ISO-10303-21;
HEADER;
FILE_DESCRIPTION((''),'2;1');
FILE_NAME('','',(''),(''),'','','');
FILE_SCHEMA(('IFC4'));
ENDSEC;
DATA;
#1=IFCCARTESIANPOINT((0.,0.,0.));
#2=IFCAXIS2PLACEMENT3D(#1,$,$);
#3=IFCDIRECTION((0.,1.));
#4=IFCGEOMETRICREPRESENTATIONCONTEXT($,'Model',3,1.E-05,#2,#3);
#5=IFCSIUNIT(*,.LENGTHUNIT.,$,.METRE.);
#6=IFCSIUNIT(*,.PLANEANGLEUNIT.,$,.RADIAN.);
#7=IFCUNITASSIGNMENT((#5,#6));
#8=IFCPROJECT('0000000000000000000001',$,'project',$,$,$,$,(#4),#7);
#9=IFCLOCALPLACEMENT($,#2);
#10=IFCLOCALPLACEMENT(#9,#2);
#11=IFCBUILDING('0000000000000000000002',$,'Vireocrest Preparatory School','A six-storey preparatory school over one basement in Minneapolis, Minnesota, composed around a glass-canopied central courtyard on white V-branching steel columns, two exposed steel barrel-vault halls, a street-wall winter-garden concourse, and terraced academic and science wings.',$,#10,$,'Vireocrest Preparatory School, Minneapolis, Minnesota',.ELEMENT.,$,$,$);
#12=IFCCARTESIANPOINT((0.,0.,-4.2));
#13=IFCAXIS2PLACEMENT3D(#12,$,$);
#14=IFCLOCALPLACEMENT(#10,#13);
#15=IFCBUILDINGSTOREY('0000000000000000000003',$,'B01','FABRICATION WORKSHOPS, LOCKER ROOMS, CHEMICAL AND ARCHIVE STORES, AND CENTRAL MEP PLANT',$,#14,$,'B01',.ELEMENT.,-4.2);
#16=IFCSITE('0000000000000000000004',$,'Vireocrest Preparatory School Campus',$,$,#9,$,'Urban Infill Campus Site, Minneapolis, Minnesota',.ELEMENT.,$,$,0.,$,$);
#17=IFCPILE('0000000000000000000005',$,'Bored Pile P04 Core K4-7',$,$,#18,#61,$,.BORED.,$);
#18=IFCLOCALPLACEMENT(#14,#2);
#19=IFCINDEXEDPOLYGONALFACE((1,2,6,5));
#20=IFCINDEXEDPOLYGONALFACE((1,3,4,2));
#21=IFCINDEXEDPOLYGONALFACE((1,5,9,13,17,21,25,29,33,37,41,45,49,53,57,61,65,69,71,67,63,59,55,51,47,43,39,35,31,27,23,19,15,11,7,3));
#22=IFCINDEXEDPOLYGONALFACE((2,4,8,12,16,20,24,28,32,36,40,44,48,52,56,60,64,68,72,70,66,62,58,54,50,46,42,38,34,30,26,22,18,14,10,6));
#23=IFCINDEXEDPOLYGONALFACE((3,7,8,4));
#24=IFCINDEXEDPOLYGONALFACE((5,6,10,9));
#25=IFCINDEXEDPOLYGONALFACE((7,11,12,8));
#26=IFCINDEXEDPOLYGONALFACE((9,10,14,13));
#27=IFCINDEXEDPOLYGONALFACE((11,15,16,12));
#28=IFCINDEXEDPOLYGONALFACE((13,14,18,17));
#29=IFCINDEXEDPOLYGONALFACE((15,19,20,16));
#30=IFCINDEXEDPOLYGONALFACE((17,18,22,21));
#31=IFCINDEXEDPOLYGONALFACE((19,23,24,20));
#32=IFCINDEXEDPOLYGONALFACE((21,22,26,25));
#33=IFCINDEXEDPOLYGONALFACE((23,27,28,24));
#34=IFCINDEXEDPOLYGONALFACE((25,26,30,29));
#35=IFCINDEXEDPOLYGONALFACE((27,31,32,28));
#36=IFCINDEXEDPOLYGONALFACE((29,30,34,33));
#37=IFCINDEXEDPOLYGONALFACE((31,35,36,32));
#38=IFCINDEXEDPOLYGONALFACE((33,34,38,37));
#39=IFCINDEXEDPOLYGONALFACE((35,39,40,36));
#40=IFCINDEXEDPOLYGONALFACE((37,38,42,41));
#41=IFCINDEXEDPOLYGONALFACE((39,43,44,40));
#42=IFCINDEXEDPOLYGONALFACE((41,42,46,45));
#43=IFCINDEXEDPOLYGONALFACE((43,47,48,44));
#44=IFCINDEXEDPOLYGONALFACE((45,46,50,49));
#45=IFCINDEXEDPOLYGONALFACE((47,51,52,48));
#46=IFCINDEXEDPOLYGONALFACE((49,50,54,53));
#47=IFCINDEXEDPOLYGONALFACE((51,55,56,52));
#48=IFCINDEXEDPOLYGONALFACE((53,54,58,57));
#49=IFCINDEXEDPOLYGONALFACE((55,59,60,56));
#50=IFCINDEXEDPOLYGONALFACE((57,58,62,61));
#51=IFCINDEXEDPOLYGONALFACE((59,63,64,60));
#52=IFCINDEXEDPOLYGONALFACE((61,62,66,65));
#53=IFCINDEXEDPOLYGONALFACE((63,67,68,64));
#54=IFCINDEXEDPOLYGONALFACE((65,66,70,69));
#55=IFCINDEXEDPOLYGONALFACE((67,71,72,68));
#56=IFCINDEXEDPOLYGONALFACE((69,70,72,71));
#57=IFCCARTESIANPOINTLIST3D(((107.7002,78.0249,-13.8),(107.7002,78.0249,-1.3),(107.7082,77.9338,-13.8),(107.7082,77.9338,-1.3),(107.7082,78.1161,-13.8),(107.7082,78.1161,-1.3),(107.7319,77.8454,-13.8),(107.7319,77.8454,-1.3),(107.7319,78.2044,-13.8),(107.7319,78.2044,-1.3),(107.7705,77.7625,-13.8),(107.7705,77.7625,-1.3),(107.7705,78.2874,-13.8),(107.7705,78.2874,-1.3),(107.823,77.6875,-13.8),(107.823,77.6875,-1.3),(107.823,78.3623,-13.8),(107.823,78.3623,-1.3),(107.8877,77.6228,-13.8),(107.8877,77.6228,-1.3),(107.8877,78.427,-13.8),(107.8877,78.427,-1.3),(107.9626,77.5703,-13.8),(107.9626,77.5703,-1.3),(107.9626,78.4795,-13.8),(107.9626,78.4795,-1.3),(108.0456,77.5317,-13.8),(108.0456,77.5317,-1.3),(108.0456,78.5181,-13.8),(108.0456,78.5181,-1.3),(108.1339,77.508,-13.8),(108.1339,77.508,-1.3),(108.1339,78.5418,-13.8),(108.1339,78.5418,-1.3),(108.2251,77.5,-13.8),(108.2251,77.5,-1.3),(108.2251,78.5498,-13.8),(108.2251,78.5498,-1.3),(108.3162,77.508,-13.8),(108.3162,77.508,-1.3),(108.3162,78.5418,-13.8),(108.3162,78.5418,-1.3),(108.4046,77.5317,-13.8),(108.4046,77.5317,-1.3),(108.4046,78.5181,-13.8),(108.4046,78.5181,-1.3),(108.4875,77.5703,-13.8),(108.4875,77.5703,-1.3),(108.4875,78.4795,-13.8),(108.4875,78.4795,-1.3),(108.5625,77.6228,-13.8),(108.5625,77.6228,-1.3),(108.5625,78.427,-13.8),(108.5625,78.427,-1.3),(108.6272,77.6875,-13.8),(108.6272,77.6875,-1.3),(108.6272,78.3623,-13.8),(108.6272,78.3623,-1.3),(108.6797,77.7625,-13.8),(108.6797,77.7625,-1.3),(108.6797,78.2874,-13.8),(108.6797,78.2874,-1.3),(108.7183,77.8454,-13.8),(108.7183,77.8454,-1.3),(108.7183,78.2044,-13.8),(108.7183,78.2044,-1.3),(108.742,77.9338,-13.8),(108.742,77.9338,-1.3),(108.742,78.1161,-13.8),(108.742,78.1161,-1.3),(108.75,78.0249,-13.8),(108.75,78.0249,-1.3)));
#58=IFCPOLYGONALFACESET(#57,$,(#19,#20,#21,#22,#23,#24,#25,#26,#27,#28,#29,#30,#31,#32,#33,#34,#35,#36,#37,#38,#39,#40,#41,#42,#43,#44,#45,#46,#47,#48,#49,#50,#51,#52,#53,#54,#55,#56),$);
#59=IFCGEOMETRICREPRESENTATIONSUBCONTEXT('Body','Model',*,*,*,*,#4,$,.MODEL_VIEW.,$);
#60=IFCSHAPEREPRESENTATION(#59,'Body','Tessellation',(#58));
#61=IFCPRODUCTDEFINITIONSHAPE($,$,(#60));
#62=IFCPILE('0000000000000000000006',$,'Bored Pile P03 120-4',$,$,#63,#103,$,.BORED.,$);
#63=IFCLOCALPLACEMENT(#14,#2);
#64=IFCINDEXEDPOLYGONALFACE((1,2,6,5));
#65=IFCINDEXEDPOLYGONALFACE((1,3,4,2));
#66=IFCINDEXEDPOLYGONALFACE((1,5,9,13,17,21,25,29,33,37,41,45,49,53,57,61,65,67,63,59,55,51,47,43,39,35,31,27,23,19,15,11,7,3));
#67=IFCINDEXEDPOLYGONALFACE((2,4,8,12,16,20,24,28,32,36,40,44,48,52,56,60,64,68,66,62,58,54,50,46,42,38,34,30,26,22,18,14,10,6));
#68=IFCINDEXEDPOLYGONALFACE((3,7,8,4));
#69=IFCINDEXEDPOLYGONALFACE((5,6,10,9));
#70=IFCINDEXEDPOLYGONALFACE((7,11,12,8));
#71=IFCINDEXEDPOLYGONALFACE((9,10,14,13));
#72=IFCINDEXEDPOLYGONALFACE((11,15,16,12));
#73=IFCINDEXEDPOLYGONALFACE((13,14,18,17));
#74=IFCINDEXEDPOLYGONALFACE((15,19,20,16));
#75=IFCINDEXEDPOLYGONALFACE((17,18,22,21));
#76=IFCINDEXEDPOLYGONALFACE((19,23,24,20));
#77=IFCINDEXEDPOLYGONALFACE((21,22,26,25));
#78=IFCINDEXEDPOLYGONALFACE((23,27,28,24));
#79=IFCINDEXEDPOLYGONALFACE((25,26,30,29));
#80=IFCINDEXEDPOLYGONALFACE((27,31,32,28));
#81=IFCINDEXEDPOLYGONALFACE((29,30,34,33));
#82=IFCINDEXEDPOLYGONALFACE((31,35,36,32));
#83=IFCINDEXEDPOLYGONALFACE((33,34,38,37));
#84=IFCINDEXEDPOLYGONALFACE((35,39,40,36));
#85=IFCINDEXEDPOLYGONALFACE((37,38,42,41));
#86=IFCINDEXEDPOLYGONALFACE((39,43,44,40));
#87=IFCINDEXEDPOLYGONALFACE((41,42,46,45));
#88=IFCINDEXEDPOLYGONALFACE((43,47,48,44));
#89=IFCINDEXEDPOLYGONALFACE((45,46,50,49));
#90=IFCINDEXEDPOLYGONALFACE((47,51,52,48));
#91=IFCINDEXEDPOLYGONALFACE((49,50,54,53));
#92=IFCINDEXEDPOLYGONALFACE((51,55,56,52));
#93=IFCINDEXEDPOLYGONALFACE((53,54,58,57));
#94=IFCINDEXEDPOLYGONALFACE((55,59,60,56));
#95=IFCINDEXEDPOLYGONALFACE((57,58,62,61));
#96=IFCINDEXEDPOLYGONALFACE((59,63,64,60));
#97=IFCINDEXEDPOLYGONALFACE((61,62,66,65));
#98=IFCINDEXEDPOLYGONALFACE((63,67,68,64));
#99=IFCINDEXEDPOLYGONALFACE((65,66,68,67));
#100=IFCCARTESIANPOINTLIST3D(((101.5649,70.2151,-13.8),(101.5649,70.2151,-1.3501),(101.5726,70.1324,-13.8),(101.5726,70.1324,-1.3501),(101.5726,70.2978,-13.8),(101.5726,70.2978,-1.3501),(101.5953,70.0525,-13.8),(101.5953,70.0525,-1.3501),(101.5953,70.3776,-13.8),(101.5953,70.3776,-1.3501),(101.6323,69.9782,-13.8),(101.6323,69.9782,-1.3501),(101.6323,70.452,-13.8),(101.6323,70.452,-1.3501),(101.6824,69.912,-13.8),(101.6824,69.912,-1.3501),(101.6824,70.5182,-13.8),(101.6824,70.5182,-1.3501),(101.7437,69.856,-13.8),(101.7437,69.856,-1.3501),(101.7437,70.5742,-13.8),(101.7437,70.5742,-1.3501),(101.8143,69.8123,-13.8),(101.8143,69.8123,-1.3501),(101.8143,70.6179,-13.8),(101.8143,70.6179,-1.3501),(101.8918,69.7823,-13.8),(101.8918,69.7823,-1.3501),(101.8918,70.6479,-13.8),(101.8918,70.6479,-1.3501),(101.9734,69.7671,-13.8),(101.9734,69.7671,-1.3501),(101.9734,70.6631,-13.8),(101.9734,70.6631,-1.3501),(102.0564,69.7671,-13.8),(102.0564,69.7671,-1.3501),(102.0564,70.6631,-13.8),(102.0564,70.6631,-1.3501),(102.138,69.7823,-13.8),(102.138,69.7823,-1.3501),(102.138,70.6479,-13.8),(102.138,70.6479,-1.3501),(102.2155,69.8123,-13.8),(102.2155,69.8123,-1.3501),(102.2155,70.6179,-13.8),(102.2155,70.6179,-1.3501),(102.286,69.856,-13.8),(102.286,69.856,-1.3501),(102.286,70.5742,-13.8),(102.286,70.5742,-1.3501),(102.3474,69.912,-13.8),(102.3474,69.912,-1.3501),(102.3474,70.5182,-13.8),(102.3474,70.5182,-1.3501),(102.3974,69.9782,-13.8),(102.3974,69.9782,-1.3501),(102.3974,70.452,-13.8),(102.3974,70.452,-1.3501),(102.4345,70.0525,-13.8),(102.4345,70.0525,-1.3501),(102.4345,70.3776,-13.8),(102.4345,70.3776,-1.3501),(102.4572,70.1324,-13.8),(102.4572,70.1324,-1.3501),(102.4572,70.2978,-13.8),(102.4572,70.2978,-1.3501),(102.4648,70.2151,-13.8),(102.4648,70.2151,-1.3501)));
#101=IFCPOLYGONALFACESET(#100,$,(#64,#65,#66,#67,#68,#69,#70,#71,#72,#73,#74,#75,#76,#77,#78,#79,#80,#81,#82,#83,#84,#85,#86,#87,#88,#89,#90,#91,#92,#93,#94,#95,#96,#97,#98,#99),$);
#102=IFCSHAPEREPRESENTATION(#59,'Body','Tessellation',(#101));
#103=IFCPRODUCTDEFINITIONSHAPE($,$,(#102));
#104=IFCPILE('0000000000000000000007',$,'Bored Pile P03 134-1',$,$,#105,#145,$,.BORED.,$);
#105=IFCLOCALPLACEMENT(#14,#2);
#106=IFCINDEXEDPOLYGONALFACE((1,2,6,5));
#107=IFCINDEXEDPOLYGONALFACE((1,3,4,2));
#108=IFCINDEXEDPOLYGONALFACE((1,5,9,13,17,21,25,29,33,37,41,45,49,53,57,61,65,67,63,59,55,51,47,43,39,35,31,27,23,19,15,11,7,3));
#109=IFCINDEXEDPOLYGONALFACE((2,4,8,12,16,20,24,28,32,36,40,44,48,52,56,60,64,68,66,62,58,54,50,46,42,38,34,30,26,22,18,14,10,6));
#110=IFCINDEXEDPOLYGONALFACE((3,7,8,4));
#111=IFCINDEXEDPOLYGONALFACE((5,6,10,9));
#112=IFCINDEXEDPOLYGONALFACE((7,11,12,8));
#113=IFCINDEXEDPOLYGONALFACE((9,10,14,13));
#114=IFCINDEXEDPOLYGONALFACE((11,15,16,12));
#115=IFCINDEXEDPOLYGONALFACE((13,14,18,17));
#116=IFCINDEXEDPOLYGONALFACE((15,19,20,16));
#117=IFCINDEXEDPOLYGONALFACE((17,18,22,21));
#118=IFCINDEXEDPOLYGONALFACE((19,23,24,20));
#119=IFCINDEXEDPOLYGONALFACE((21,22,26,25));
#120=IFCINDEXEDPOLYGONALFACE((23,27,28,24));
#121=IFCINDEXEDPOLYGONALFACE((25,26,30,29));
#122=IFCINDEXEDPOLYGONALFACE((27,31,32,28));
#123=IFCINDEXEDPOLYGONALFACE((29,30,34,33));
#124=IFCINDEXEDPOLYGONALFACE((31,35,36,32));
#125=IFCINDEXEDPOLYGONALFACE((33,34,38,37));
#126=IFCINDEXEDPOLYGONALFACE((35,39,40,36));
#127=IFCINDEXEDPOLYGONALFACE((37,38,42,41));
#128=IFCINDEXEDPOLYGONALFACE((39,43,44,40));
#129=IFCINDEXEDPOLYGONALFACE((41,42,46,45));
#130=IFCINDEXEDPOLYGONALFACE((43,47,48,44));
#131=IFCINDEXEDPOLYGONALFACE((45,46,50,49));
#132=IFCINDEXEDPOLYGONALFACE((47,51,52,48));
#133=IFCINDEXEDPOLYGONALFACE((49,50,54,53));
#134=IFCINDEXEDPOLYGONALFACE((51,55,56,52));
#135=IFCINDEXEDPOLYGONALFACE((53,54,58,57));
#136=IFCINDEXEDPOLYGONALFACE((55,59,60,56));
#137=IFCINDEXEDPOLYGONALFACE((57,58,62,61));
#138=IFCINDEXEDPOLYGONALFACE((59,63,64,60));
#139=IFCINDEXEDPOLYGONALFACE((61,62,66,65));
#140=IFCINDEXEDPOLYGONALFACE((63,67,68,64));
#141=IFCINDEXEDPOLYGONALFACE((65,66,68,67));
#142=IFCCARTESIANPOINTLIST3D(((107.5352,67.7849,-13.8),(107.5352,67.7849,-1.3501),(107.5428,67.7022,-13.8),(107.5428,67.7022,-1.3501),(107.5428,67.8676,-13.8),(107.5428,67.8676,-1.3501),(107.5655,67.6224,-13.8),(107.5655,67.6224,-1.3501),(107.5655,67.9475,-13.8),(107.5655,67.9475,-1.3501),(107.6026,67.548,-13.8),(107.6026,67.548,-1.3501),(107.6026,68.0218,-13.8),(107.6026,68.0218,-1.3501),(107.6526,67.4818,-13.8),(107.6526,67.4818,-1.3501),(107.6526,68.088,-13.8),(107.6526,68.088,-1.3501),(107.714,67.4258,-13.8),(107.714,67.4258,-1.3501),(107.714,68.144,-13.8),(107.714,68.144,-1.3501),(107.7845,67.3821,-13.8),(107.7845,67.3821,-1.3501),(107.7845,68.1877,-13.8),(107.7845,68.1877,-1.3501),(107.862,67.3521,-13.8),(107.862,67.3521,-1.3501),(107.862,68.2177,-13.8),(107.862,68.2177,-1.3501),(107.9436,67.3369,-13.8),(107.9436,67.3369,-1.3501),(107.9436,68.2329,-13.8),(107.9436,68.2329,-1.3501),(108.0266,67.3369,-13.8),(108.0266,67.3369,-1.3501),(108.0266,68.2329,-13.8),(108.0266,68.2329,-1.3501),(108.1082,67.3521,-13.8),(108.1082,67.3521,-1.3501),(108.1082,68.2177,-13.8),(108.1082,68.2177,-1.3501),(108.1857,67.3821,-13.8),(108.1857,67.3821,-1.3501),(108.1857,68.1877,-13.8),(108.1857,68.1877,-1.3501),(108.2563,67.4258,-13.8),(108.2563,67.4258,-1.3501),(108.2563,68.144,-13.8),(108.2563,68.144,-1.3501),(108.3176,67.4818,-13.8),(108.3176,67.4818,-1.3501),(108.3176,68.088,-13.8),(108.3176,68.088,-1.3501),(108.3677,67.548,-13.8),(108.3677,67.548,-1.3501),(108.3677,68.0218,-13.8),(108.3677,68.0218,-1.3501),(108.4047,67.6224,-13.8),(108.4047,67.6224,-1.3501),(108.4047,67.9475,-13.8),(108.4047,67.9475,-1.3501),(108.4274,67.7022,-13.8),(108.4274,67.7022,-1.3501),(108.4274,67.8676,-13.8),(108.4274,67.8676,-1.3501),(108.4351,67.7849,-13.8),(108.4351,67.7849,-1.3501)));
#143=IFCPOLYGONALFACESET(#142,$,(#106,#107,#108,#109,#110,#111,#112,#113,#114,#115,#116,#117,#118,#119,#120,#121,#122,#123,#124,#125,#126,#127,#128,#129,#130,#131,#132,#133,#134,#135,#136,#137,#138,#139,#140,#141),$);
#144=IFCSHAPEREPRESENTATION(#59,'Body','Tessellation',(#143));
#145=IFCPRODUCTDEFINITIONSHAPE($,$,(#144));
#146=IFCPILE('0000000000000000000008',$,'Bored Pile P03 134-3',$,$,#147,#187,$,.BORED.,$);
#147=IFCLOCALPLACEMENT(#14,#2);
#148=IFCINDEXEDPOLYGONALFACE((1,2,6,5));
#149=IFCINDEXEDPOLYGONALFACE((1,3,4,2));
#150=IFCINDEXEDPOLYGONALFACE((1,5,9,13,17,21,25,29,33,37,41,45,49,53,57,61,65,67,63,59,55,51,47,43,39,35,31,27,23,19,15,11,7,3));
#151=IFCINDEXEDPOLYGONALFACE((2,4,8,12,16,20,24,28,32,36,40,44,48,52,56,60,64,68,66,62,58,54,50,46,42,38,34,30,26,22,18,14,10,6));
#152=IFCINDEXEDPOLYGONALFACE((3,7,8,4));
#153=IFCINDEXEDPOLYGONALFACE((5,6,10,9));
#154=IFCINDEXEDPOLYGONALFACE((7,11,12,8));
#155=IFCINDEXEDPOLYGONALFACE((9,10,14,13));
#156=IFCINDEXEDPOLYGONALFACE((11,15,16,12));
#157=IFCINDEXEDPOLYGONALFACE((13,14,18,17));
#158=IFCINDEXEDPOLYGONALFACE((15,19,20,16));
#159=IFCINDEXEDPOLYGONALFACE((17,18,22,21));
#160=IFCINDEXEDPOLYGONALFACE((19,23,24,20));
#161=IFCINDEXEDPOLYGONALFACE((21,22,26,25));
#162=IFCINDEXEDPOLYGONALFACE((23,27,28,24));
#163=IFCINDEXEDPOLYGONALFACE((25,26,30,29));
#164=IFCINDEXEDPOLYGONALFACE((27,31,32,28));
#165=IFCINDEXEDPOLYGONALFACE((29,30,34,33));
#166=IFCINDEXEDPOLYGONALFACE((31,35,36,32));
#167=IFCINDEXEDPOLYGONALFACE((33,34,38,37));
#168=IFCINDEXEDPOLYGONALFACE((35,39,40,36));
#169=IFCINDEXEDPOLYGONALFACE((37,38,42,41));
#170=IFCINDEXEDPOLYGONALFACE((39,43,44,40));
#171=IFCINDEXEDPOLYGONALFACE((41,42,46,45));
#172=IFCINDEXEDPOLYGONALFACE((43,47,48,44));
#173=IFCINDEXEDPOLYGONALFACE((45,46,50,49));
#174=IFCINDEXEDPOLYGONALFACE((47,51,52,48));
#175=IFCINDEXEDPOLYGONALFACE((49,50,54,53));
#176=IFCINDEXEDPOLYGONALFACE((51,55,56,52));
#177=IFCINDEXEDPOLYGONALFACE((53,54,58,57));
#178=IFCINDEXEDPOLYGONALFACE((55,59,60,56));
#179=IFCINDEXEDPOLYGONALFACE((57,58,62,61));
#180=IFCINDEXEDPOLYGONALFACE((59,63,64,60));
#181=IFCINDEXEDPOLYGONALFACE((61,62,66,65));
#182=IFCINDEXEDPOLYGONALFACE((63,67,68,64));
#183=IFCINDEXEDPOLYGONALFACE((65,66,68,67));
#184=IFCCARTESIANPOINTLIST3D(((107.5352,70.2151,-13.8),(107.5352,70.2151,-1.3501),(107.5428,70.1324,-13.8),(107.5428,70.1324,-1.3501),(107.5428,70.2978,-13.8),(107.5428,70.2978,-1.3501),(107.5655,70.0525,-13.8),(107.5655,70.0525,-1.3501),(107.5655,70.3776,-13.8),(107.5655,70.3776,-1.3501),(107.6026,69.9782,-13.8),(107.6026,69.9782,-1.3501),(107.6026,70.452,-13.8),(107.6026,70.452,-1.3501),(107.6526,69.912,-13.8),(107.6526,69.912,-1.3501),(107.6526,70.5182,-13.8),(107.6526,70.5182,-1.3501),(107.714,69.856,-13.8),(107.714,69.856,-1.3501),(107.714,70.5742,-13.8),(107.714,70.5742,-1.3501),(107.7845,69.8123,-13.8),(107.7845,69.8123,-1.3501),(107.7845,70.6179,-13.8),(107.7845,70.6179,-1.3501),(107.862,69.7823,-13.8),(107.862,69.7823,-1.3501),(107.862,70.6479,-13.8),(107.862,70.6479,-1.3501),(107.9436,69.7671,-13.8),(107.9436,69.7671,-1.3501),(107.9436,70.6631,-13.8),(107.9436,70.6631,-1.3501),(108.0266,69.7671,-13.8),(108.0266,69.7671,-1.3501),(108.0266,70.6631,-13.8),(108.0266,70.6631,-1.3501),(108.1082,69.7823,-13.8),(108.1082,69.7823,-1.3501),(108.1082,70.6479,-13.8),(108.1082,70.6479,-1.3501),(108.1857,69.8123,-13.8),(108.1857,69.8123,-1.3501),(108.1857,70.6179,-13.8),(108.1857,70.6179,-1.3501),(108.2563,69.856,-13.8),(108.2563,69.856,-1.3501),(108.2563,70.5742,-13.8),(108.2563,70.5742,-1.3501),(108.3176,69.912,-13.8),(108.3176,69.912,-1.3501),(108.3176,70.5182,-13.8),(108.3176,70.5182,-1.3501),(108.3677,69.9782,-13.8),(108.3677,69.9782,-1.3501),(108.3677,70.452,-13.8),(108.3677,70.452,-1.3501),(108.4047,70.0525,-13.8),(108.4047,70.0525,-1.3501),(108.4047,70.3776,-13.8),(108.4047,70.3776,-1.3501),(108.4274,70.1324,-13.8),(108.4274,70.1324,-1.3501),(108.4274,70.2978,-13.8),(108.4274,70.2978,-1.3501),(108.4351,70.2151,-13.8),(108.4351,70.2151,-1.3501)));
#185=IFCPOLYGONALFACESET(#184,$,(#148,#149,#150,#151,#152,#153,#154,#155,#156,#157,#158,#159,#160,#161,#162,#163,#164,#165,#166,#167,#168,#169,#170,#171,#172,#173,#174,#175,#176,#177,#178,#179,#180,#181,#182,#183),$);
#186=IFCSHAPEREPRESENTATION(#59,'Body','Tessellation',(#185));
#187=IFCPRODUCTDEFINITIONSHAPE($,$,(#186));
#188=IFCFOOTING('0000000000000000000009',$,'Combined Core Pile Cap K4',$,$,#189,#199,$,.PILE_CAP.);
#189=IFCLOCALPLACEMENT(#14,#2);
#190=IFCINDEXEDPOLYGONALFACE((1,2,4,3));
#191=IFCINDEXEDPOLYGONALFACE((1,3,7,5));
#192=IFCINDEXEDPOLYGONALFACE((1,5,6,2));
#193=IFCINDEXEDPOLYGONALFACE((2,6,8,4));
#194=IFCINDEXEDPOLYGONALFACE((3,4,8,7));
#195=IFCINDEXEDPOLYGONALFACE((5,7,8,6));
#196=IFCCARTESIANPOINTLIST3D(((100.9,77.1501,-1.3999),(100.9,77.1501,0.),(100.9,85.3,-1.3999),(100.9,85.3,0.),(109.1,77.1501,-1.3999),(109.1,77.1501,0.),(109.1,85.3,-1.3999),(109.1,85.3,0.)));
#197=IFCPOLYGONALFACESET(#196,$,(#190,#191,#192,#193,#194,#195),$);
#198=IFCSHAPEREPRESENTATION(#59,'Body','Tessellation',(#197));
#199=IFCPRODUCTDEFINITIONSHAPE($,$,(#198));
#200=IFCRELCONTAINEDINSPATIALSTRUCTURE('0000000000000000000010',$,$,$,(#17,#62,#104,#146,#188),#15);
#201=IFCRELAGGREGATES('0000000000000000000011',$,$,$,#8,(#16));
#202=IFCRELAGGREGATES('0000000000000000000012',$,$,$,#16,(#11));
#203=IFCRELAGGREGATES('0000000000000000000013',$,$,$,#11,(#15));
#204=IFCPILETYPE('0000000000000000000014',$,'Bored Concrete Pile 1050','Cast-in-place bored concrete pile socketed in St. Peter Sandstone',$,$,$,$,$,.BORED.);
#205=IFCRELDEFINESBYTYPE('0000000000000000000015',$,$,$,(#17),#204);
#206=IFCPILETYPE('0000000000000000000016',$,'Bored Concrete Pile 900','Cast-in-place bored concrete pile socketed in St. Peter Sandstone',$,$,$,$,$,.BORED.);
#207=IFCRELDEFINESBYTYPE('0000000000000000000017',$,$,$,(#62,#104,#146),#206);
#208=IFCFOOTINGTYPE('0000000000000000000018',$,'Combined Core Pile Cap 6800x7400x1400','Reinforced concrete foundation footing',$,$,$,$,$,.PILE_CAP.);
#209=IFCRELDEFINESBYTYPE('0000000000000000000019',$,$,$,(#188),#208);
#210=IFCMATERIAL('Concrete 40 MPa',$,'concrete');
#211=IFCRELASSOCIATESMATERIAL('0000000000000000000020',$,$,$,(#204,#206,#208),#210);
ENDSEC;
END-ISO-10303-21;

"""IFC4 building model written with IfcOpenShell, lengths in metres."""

from ifc_helpers import new_model, si_unit, direction, frame, origin, origin_2d, place, context, subcontext, project, spatial, rectangle, circle, extrude, material, material_profile, profile_set, type_object, element, save


model = new_model("IFC4")

# Units and contexts
model_context = context("Model", 3, precision=1e-05, world=origin(), true_north=direction((0.0, 1.0)))
body_context = subcontext(model_context, "Body", "Model", "MODEL_VIEW")
ifc_project = project(units=[si_unit("LENGTHUNIT", "METRE"), si_unit("PLANEANGLEUNIT", "RADIAN")], contexts=[model_context])

# Site, building, storey
site_placement = place(None, origin())
site = spatial("IfcSite", under=ifc_project, at=site_placement, Name="Vireocrest Preparatory School Campus", LongName="Urban Infill Campus Site, Minneapolis, Minnesota", CompositionType="ELEMENT", RefElevation=0.0)
building_placement = place(site_placement, origin())
building = spatial("IfcBuilding", under=site, at=building_placement, Name="Vireocrest Preparatory School", Description="A six-storey preparatory school over one basement in Minneapolis, Minnesota, composed around a glass-canopied central courtyard on white V-branching steel columns, two exposed steel barrel-vault halls, a street-wall winter-garden concourse, and terraced academic and science wings.", LongName="Vireocrest Preparatory School, Minneapolis, Minnesota", CompositionType="ELEMENT")
storey_placement = place(building_placement, frame((0.0, 0.0, -4.2)))
storey = spatial("IfcBuildingStorey", under=building, at=storey_placement, Name="B01", Description="FABRICATION WORKSHOPS, LOCKER ROOMS, CHEMICAL AND ARCHIVE STORES, AND CENTRAL MEP PLANT", LongName="B01", CompositionType="ELEMENT", Elevation=-4.2)

# Piles
ifc_material_1 = material(Name="Concrete 40 MPa", Category="concrete")
ifc_material_profile_1 = material_profile(ifc_material_1, circle(Radius=0.5249, at=origin_2d()), Name="BORED PILE 1050")
ifc_profile_set_1 = profile_set([ifc_material_profile_1], Name="Concrete 40 MPa")
pile_type_1 = type_object("IfcPileType", Name="Bored Concrete Pile 1050", Description="Cast-in-place bored concrete pile socketed in St. Peter Sandstone", PredefinedType="BORED", material=ifc_profile_set_1)
for number, where, z_axis, x_axis, name in (
    (1, (108.2251, 78.0249, -1.3), (0.0, 0.0, -1.0), (1.0, 0.0, 0.0), "Bored Pile P04 Core K4-7"),
):
    element("IfcPile", number, at=place(storey_placement, frame(where, z_axis=z_axis, x_axis=x_axis)), inside=storey, type_object=pile_type_1, Name=name, PredefinedType="BORED", context=body_context, shape_type="SweptSolid", body=[
        extrude(circle(Radius=0.5249, at=origin_2d()), origin(), (0.0, 0.0, 1.0), 12.5),
    ])
ifc_material_profile_2 = material_profile(ifc_material_1, circle(Radius=0.45, at=origin_2d()), Name="BORED PILE 900")
ifc_profile_set_2 = profile_set([ifc_material_profile_2], Name="Concrete 40 MPa")
pile_type_2 = type_object("IfcPileType", Name="Bored Concrete Pile 900", Description="Cast-in-place bored concrete pile socketed in St. Peter Sandstone", PredefinedType="BORED", material=ifc_profile_set_2)
for number, where, z_axis, x_axis, name in (
    (2, (102.0149, 70.2151, -1.3501), (0.0, 0.0, -1.0), (1.0, 0.0, 0.0), "Bored Pile P03 120-4"),
    (3, (107.9851, 67.7849, -1.3501), (0.0, 0.0, -1.0), (1.0, 0.0, 0.0), "Bored Pile P03 134-1"),
    (4, (107.9851, 70.2151, -1.3501), (0.0, 0.0, -1.0), (1.0, 0.0, 0.0), "Bored Pile P03 134-3"),
):
    element("IfcPile", number, at=place(storey_placement, frame(where, z_axis=z_axis, x_axis=x_axis)), inside=storey, type_object=pile_type_2, Name=name, PredefinedType="BORED", context=body_context, shape_type="SweptSolid", body=[
        extrude(circle(Radius=0.45, at=origin_2d()), origin(), (0.0, 0.0, 1.0), 12.45),
    ])

# Footing
footing_type_1 = type_object("IfcFootingType", Name="Combined Core Pile Cap 6800x7400x1400", Description="Reinforced concrete foundation footing", PredefinedType="PILE_CAP", material=ifc_material_1)
footing_1_placement = place(storey_placement, frame((105.0, 81.2251, -1.3999), z_axis=(0.0, 0.0, 1.0), x_axis=(1.0, 0.0, 0.0)))
element("IfcFooting", 5, at=footing_1_placement, inside=storey, type_object=footing_type_1, Name="Combined Core Pile Cap K4", PredefinedType="PILE_CAP", context=body_context, shape_type="SweptSolid", body=[
    extrude(rectangle(XDim=8.2, YDim=8.1499, at=origin_2d()), origin(), (0.0, 0.0, 1.0), 1.3999),
])

save(model, "model.ifc")
